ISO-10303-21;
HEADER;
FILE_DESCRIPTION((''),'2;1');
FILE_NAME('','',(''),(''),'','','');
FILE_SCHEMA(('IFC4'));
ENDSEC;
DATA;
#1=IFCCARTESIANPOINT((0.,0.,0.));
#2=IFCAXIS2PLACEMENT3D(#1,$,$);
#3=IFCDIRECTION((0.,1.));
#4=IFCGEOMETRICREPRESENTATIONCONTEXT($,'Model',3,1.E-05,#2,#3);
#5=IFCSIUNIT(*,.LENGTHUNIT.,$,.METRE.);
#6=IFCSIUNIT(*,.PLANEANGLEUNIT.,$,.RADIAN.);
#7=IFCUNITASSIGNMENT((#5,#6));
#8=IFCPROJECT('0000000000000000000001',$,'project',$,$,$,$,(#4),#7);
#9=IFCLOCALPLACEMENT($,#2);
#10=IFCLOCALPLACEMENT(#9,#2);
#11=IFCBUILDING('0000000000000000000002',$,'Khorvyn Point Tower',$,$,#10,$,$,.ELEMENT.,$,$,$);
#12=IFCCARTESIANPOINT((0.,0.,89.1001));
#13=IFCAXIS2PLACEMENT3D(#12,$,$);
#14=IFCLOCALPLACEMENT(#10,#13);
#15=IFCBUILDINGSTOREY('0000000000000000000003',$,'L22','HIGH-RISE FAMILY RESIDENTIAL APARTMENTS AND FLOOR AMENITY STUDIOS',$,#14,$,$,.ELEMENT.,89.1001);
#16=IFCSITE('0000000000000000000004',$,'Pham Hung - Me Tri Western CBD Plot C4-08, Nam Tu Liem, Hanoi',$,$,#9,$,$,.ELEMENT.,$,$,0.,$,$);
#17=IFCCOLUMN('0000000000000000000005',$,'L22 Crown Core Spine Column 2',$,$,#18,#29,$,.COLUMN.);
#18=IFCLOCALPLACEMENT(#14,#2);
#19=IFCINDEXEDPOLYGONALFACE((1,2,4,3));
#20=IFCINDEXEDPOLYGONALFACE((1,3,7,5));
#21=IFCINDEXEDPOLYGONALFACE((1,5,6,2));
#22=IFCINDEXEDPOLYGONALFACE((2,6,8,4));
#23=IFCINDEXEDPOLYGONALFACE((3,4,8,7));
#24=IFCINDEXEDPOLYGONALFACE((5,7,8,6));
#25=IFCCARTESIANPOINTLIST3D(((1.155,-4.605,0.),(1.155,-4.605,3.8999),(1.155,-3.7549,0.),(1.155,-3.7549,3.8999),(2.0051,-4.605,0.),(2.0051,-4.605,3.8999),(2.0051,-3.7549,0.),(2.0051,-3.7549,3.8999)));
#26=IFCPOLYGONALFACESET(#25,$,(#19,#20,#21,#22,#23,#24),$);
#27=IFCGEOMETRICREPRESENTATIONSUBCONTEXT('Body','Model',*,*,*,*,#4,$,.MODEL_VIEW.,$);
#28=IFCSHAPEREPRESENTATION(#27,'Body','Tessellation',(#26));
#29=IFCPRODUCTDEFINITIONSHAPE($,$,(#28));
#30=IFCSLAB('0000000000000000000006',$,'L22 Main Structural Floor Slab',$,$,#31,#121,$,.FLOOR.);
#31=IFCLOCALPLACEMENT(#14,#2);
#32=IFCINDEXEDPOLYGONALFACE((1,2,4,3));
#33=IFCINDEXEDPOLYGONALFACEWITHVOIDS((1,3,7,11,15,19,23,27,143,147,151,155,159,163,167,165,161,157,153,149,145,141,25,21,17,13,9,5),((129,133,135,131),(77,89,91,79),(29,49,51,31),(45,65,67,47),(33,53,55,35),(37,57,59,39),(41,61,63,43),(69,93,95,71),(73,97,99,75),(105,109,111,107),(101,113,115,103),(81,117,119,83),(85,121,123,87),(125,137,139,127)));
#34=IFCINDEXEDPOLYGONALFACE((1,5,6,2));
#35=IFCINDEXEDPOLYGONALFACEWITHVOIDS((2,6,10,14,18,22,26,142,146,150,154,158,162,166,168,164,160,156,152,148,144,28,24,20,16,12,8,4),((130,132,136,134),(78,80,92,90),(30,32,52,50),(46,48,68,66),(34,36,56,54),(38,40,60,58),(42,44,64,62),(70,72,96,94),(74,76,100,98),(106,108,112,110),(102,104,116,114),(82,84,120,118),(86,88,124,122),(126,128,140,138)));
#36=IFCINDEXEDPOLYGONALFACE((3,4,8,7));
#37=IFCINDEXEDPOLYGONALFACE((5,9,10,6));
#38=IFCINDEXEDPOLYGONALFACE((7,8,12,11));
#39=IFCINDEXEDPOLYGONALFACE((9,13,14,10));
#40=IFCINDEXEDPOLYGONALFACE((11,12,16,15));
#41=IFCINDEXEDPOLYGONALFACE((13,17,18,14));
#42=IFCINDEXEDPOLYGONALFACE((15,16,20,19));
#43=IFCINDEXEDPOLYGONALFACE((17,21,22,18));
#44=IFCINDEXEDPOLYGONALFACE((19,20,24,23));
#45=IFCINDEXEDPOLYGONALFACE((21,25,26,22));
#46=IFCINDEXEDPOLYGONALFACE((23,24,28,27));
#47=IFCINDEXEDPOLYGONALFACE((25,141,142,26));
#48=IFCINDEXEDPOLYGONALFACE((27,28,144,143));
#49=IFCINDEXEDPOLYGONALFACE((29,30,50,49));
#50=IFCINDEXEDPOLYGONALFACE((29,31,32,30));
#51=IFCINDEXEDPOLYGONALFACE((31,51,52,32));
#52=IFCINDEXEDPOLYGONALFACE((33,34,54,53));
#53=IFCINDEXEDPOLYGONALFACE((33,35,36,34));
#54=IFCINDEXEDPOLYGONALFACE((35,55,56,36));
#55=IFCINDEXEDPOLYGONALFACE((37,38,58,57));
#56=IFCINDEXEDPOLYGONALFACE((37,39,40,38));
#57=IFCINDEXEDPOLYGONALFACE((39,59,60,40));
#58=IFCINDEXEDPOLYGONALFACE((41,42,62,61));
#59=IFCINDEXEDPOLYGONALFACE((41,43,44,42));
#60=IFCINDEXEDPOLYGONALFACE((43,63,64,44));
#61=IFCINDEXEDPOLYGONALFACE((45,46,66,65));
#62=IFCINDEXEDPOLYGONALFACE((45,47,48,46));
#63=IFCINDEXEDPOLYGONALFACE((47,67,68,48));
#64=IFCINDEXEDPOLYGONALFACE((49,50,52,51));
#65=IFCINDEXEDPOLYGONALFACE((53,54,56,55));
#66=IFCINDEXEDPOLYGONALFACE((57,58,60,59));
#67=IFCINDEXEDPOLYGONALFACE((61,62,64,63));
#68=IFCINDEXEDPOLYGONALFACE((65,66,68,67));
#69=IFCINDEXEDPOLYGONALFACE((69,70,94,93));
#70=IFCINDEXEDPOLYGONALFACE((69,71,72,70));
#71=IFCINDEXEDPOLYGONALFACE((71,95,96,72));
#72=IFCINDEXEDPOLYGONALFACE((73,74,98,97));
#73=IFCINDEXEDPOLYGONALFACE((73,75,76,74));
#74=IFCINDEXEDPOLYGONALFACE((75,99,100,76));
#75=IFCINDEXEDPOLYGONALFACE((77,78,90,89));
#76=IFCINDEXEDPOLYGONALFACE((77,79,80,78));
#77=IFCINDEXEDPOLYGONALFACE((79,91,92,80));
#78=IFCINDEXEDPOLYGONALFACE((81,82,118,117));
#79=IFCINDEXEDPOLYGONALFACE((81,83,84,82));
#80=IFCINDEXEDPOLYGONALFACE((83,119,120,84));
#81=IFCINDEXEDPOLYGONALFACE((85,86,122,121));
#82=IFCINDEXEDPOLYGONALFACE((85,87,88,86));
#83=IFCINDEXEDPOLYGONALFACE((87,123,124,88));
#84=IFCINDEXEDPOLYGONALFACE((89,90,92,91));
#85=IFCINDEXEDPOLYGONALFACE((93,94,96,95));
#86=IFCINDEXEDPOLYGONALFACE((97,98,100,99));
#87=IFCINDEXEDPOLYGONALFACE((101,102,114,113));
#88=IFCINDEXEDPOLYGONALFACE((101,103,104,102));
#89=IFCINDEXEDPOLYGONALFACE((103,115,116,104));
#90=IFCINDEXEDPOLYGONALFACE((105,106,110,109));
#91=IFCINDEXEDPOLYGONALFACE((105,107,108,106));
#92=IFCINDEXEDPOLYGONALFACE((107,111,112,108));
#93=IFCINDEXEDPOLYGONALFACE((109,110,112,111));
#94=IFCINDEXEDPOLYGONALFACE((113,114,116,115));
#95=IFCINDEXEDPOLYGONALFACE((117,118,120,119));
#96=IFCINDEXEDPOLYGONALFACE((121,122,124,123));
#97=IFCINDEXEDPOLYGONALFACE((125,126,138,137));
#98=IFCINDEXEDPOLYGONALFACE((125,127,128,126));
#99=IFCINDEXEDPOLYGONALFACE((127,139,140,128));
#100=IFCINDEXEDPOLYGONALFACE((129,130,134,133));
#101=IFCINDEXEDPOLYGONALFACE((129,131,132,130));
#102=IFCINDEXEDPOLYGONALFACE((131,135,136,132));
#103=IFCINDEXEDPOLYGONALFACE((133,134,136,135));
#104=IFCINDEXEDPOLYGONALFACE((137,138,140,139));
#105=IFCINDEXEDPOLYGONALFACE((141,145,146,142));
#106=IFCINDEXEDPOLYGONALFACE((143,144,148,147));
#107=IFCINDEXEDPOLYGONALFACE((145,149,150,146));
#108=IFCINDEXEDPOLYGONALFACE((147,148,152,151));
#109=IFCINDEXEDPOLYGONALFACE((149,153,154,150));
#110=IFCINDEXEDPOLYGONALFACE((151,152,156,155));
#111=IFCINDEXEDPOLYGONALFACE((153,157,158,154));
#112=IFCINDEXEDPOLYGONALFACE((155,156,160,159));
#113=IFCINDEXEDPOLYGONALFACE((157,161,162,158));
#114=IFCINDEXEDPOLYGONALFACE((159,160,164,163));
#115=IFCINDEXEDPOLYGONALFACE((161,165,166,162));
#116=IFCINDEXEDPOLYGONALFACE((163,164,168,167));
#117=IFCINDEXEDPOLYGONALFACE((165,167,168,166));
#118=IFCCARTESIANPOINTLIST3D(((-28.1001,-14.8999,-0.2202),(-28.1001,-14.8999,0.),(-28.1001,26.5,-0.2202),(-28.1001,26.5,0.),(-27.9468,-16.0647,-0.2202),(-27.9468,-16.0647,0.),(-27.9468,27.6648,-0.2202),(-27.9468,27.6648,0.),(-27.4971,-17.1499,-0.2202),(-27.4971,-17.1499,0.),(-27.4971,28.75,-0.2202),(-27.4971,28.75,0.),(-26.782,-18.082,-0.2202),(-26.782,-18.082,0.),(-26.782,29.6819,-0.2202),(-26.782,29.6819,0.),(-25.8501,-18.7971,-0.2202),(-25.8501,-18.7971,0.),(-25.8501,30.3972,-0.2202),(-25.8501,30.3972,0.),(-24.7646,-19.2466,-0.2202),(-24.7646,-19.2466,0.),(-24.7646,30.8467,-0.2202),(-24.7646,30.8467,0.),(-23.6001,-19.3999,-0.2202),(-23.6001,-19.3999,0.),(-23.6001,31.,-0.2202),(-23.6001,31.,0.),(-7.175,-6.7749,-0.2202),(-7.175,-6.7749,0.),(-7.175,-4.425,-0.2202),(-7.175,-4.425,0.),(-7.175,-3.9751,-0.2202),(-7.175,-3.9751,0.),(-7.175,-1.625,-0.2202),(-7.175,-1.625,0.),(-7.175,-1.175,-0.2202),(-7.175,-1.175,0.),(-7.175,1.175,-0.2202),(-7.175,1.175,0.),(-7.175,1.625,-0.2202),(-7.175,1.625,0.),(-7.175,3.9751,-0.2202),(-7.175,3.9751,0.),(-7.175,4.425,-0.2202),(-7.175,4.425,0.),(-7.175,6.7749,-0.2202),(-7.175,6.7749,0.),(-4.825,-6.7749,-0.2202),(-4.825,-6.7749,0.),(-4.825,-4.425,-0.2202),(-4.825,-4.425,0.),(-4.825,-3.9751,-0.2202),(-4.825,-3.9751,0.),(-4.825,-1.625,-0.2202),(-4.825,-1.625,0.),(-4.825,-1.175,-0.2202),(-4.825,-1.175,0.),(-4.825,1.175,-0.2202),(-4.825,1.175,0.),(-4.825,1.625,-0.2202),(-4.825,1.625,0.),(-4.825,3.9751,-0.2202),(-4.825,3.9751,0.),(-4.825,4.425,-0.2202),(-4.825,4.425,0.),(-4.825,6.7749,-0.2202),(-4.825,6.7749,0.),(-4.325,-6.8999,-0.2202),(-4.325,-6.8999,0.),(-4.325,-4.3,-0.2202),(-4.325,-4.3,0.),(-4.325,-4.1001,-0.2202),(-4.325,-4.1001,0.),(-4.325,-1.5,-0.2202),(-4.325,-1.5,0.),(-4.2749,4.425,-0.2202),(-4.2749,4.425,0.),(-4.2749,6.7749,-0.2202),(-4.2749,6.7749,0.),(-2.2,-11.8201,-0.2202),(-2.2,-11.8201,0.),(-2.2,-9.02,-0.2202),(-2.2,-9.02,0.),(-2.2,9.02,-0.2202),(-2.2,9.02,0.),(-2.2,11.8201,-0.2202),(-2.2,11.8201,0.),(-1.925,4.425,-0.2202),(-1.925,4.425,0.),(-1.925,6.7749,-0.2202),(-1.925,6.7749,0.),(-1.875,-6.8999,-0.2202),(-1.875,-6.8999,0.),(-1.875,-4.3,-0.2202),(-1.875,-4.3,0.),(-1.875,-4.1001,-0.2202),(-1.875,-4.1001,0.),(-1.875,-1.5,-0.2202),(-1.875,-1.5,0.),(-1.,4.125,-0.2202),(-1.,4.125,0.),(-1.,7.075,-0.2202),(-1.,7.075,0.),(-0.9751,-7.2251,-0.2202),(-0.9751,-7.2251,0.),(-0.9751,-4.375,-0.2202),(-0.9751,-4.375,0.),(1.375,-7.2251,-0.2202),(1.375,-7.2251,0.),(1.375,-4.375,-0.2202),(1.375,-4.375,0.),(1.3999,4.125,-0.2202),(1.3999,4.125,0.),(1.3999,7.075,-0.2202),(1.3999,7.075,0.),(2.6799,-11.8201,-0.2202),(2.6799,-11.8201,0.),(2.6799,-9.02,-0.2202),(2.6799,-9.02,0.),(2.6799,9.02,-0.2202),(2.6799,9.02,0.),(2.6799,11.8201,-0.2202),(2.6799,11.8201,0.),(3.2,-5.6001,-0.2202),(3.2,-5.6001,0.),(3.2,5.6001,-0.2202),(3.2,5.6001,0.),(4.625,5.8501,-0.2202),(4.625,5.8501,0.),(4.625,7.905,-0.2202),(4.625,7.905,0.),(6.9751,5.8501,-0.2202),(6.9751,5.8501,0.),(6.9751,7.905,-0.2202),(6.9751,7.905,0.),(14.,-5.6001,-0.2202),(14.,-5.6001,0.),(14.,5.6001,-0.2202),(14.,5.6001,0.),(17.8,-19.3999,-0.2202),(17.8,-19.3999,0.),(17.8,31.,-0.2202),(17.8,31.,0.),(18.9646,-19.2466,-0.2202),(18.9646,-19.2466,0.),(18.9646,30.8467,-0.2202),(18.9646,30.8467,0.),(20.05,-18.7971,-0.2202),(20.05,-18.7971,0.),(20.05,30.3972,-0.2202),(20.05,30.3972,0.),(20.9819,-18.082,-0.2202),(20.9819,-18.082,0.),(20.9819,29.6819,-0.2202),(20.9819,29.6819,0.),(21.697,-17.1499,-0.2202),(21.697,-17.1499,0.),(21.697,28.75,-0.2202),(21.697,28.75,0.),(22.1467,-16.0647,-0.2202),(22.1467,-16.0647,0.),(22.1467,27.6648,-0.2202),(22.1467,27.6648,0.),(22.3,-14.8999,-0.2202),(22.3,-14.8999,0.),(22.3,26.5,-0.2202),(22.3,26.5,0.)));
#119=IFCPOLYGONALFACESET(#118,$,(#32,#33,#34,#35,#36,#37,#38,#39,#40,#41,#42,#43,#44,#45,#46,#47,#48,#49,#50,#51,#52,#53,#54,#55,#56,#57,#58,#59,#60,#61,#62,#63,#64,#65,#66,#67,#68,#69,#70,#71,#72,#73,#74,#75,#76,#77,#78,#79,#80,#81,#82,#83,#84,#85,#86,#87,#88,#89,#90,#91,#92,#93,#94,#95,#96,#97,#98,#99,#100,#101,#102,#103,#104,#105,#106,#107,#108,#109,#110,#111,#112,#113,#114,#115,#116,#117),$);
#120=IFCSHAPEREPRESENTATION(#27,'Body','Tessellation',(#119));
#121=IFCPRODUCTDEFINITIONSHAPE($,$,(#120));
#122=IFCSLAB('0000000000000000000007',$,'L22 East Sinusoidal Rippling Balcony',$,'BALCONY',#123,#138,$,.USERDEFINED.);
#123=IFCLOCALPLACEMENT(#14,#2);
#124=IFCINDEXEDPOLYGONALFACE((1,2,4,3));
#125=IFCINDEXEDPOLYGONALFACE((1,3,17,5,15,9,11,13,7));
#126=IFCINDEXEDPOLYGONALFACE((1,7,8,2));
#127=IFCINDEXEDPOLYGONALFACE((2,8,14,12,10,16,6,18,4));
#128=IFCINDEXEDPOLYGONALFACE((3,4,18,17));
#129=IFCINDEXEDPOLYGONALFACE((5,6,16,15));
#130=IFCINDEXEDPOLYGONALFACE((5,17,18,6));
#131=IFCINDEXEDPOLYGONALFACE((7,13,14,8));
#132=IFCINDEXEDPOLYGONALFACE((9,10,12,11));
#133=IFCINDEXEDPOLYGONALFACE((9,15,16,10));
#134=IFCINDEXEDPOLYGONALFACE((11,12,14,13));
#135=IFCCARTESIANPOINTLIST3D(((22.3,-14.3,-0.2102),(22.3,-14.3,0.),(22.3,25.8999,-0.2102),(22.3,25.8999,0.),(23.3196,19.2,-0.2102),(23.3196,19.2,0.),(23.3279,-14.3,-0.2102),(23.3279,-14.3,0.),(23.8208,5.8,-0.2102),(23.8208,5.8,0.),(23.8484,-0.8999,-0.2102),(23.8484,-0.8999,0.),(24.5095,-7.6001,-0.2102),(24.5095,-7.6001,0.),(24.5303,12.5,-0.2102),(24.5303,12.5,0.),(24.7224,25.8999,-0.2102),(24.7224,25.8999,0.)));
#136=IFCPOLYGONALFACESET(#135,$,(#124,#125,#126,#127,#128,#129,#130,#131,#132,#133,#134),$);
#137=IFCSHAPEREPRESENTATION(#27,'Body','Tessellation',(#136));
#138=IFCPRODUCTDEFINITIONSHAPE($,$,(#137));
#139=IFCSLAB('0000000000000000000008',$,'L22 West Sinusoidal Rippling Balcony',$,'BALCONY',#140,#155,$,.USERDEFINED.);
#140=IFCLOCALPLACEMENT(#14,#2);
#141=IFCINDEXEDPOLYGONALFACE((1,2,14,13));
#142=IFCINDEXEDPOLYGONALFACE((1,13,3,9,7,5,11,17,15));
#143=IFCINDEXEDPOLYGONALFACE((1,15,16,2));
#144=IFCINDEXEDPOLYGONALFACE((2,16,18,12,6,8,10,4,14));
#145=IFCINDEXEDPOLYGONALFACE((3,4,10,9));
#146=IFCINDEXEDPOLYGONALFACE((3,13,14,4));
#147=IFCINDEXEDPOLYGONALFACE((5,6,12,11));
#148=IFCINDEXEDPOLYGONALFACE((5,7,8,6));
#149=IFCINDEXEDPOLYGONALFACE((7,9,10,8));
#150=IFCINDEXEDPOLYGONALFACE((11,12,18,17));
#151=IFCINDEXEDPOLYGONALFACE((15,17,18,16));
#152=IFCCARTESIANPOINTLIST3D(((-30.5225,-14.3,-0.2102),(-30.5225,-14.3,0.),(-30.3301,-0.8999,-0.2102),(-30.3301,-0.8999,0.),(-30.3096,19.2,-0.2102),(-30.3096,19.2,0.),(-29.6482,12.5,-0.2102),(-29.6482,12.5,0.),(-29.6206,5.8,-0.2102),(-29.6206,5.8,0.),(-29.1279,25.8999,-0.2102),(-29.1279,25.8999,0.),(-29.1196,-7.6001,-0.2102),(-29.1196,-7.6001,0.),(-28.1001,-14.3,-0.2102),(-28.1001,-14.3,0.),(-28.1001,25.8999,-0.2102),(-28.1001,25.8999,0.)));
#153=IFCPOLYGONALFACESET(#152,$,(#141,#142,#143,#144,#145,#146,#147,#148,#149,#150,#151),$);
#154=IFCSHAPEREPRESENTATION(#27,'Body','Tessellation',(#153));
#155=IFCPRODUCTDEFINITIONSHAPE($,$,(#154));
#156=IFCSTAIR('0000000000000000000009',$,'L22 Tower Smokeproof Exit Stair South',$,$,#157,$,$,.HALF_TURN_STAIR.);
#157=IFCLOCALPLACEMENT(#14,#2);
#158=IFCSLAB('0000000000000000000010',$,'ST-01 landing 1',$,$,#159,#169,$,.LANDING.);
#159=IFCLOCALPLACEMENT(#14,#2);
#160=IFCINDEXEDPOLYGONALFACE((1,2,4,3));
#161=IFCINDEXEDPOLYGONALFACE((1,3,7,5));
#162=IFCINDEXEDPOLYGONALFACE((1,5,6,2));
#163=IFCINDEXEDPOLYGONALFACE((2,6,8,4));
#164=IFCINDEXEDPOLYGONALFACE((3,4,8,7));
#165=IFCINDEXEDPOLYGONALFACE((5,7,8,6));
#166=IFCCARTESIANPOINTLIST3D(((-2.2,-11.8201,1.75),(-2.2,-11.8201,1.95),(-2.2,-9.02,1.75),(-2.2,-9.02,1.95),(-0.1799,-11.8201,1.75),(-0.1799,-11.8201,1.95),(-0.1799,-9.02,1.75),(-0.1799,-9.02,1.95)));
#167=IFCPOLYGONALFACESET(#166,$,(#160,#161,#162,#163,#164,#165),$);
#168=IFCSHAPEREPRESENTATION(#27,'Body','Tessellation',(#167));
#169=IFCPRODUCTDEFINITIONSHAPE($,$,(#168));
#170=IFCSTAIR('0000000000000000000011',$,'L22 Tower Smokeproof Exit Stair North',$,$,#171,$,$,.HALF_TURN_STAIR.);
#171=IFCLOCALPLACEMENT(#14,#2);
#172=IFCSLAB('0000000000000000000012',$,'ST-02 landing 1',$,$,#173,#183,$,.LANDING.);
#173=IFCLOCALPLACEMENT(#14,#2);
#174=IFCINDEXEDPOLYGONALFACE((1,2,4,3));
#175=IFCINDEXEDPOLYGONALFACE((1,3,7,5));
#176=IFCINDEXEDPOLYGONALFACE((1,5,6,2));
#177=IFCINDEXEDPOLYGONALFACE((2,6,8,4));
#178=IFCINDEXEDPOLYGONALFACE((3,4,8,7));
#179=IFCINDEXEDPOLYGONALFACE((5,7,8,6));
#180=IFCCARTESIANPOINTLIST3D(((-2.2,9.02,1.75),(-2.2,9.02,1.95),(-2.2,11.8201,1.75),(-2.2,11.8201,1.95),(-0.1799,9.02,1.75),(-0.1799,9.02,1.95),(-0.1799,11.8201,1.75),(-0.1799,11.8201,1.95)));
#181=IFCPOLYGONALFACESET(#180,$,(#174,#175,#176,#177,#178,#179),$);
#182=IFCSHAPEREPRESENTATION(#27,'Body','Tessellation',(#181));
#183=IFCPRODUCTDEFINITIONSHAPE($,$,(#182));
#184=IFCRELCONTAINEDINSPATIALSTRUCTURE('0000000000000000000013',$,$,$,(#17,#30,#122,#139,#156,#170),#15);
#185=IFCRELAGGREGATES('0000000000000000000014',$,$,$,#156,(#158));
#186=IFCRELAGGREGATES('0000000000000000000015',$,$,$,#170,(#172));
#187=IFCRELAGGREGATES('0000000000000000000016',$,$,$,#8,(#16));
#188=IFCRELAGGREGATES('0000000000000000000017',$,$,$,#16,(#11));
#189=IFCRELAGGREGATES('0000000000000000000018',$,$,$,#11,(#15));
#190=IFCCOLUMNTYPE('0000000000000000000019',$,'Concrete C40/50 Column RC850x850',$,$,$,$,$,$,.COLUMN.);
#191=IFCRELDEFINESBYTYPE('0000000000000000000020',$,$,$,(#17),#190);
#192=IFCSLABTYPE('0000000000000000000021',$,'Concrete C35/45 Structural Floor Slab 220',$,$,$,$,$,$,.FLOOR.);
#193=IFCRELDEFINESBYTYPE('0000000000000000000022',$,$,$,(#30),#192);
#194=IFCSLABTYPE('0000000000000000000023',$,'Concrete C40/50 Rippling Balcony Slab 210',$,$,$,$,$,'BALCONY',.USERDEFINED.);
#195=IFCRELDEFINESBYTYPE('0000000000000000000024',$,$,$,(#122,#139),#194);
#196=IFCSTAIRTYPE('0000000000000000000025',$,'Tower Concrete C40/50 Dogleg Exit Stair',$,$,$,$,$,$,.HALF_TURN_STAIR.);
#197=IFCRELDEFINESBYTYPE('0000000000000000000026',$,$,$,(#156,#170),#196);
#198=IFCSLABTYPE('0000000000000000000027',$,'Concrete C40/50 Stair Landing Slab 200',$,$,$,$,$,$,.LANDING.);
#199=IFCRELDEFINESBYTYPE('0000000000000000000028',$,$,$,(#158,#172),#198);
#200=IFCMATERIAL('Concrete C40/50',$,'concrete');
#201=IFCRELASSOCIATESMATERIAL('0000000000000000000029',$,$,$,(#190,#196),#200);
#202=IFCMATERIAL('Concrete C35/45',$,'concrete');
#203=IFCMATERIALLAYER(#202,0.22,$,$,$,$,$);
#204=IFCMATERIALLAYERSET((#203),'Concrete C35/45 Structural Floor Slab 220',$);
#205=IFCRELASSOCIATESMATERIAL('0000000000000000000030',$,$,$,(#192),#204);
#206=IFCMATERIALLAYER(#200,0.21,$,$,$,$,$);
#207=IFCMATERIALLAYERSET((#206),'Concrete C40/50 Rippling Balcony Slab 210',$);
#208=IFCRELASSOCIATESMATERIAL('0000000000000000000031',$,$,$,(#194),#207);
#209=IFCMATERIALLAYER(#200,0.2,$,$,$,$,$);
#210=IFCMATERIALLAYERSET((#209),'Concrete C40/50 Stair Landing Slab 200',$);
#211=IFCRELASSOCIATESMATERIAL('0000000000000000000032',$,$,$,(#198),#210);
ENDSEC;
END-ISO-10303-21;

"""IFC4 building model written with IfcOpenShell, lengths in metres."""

from ifc_helpers import new_model, si_unit, direction, frame, origin, origin_2d, place, context, subcontext, project, spatial, polyline, rectangle, outline, extrude, material, layer, layer_set, material_profile, profile_set, type_object, element, aggregate, save


model = new_model("IFC4")

# Units and contexts
model_context = context("Model", 3, precision=1e-05, world=origin(), true_north=direction((0.0, 1.0)))
body_context = subcontext(model_context, "Body", "Model", "MODEL_VIEW")
ifc_project = project(units=[si_unit("LENGTHUNIT", "METRE"), si_unit("PLANEANGLEUNIT", "RADIAN")], contexts=[model_context])

# Site, building, storey
site_placement = place(None, origin())
site = spatial("IfcSite", under=ifc_project, at=site_placement, Name="Pham Hung - Me Tri Western CBD Plot C4-08, Nam Tu Liem, Hanoi", CompositionType="ELEMENT", RefElevation=0.0)
building_placement = place(site_placement, origin())
building = spatial("IfcBuilding", under=site, at=building_placement, Name="Khorvyn Point Tower", CompositionType="ELEMENT")
storey_placement = place(building_placement, frame((0.0, 0.0, 89.1001)))
storey = spatial("IfcBuildingStorey", under=building, at=storey_placement, Name="L22", Description="HIGH-RISE FAMILY RESIDENTIAL APARTMENTS AND FLOOR AMENITY STUDIOS", CompositionType="ELEMENT", Elevation=89.1001)

# Column
ifc_material_1 = material(Name="Concrete C40/50", Category="concrete")
ifc_material_profile = material_profile(ifc_material_1, rectangle(XDim=0.8501, YDim=0.8501, at=origin_2d()))
ifc_profile_set = profile_set([ifc_material_profile], Name="Concrete C40/50 RC850x850")
column_type = type_object("IfcColumnType", Name="Concrete C40/50 Column RC850x850", PredefinedType="COLUMN", material=ifc_profile_set)
column_placement = place(storey_placement, frame((1.5801, -4.1799, 0.0), z_axis=(0.0, 0.0, 1.0), x_axis=(1.0, 0.0, 0.0)))
element("IfcColumn", 1, at=column_placement, inside=storey, type_object=column_type, Name="L22 Crown Core Spine Column 2", PredefinedType="COLUMN", context=body_context, shape_type="SweptSolid", body=[
    extrude(rectangle(XDim=0.8501, YDim=0.8501, at=origin_2d()), origin(), (0.0, 0.0, 1.0), 3.8999),
])

# Slabs
ifc_material_2 = material(Name="Concrete C35/45", Category="concrete")
ifc_layer_1 = layer(ifc_material_2, 0.22)
ifc_layer_set_1 = layer_set([ifc_layer_1], Name="Concrete C35/45 Structural Floor Slab 220")
slab_type_1 = type_object("IfcSlabType", Name="Concrete C35/45 Structural Floor Slab 220", PredefinedType="FLOOR", material=ifc_layer_set_1)
slab_1_placement = place(storey_placement, frame((0.0, 0.0, -0.2202)))
element("IfcSlab", 2, at=slab_1_placement, inside=storey, type_object=slab_type_1, Name="L22 Main Structural Floor Slab", PredefinedType="FLOOR", context=body_context, shape_type="SweptSolid", body=[
    extrude(outline(polyline([(-23.6001, -19.3999), (-24.7646, -19.2466), (-25.8501, -18.7971), (-26.782, -18.082), (-27.4971, -17.1499), (-27.9468, -16.0647), (-28.1001, -14.8999), (-28.1001, 26.5), (-27.9468, 27.6648), (-27.4971, 28.75), (-26.782, 29.6819), (-25.8501, 30.3972), (-24.7646, 30.8467), (-23.6001, 31.0), (17.8, 31.0), (18.9646, 30.8467), (20.05, 30.3972), (20.9819, 29.6819), (21.697, 28.75), (22.1467, 27.6648), (22.3, 26.5), (22.3, -14.8999), (22.1467, -16.0647), (21.697, -17.1499), (20.9819, -18.082), (20.05, -18.7971), (18.9646, -19.2466), (17.8, -19.3999), (-23.6001, -19.3999)]), holes=[polyline([(-4.825, -6.7749), (-4.825, -4.425), (-7.175, -4.425), (-7.175, -6.7749), (-4.825, -6.7749)]), polyline([(-4.325, -6.8999), (-1.875, -6.8999), (-1.875, -4.3), (-4.325, -4.3), (-4.325, -6.8999)]), polyline([(-7.175, -3.9751), (-4.825, -3.9751), (-4.825, -1.625), (-7.175, -1.625), (-7.175, -3.9751)]), polyline([(-7.175, -1.175), (-4.825, -1.175), (-4.825, 1.175), (-7.175, 1.175), (-7.175, -1.175)]), polyline([(-7.175, 1.625), (-4.825, 1.625), (-4.825, 3.9751), (-7.175, 3.9751), (-7.175, 1.625)]), polyline([(-7.175, 4.425), (-4.825, 4.425), (-4.825, 6.7749), (-7.175, 6.7749), (-7.175, 4.425)]), polyline([(-4.2749, 4.425), (-1.925, 4.425), (-1.925, 6.7749), (-4.2749, 6.7749), (-4.2749, 4.425)]), polyline([(2.6799, -11.8201), (2.6799, -9.02), (-2.2, -9.02), (-2.2, -11.8201), (2.6799, -11.8201)]), polyline([(-0.9751, -7.2251), (1.375, -7.2251), (1.375, -4.375), (-0.9751, -4.375), (-0.9751, -7.2251)]), polyline([(-4.325, -4.1001), (-1.875, -4.1001), (-1.875, -1.5), (-4.325, -1.5), (-4.325, -4.1001)]), polyline([(3.2, -5.6001), (14.0, -5.6001), (14.0, 5.6001), (3.2, 5.6001), (3.2, -5.6001)]), polyline([(-1.0, 4.125), (1.3999, 4.125), (1.3999, 7.075), (-1.0, 7.075), (-1.0, 4.125)]), polyline([(4.625, 5.8501), (6.9751, 5.8501), (6.9751, 7.905), (4.625, 7.905), (4.625, 5.8501)]), polyline([(-2.2, 9.02), (2.6799, 9.02), (2.6799, 11.8201), (-2.2, 11.8201), (-2.2, 9.02)])]), origin(), (0.0, 0.0, 1.0), 0.2202),
])
ifc_layer_2 = layer(ifc_material_1, 0.21)
ifc_layer_set_2 = layer_set([ifc_layer_2], Name="Concrete C40/50 Rippling Balcony Slab 210")
slab_type_2 = type_object("IfcSlabType", Name="Concrete C40/50 Rippling Balcony Slab 210", ElementType="BALCONY", PredefinedType="USERDEFINED", material=ifc_layer_set_2)
slab_2_placement = place(storey_placement, frame((0.0, 0.0, -0.2102)))
element("IfcSlab", 3, at=slab_2_placement, inside=storey, type_object=slab_type_2, Name="L22 East Sinusoidal Rippling Balcony", ObjectType="BALCONY", PredefinedType="USERDEFINED", context=body_context, shape_type="SweptSolid", body=[
    extrude(outline(polyline([(22.3, -14.3), (23.3279, -14.3), (24.5095, -7.6001), (23.8484, -0.8999), (23.8208, 5.8), (24.5303, 12.5), (23.3196, 19.2), (24.7224, 25.8999), (22.3, 25.8999), (22.3, -14.3)])), origin(), (0.0, 0.0, 1.0), 0.2102),
])
slab_3_placement = place(storey_placement, frame((0.0, 0.0, -0.2102)))
element("IfcSlab", 4, at=slab_3_placement, inside=storey, type_object=slab_type_2, Name="L22 West Sinusoidal Rippling Balcony", ObjectType="BALCONY", PredefinedType="USERDEFINED", context=body_context, shape_type="SweptSolid", body=[
    extrude(outline(polyline([(-28.1001, 25.8999), (-29.1279, 25.8999), (-30.3096, 19.2), (-29.6482, 12.5), (-29.6206, 5.8), (-30.3301, -0.8999), (-29.1196, -7.6001), (-30.5225, -14.3), (-28.1001, -14.3), (-28.1001, 25.8999)])), origin(), (0.0, 0.0, 1.0), 0.2102),
])

# Stairs, slabs
stair_type = type_object("IfcStairType", Name="Tower Concrete C40/50 Dogleg Exit Stair", PredefinedType="HALF_TURN_STAIR", material=ifc_material_1)
stair_1_placement = place(storey_placement, origin())
stair_1 = element("IfcStair", 5, at=stair_1_placement, inside=storey, type_object=stair_type, Name="L22 Tower Smokeproof Exit Stair South", PredefinedType="HALF_TURN_STAIR")
ifc_layer_3 = layer(ifc_material_1, 0.2)
ifc_layer_set_3 = layer_set([ifc_layer_3], Name="Concrete C40/50 Stair Landing Slab 200")
slab_type_3 = type_object("IfcSlabType", Name="Concrete C40/50 Stair Landing Slab 200", PredefinedType="LANDING", material=ifc_layer_set_3)
slab_4_placement = place(storey_placement, frame((0.0, 0.0, 1.75)))
slab_4 = element("IfcSlab", 6, at=slab_4_placement, type_object=slab_type_3, Name="ST-01 landing 1", PredefinedType="LANDING", context=body_context, shape_type="SweptSolid", body=[
    extrude(outline(polyline([(-0.1799, -9.02), (-2.2, -9.02), (-2.2, -11.8201), (-0.1799, -11.8201), (-0.1799, -9.02)])), origin(), (0.0, 0.0, 1.0), 0.2),
])
aggregate(stair_1, [slab_4])
stair_2_placement = place(storey_placement, origin())
stair_2 = element("IfcStair", 7, at=stair_2_placement, inside=storey, type_object=stair_type, Name="L22 Tower Smokeproof Exit Stair North", PredefinedType="HALF_TURN_STAIR")
slab_5_placement = place(storey_placement, frame((0.0, 0.0, 1.75)))
slab_5 = element("IfcSlab", 8, at=slab_5_placement, type_object=slab_type_3, Name="ST-02 landing 1", PredefinedType="LANDING", context=body_context, shape_type="SweptSolid", body=[
    extrude(outline(polyline([(-0.1799, 11.8201), (-2.2, 11.8201), (-2.2, 9.02), (-0.1799, 9.02), (-0.1799, 11.8201)])), origin(), (0.0, 0.0, 1.0), 0.2),
])
aggregate(stair_2, [slab_5])

save(model, "model.ifc")
